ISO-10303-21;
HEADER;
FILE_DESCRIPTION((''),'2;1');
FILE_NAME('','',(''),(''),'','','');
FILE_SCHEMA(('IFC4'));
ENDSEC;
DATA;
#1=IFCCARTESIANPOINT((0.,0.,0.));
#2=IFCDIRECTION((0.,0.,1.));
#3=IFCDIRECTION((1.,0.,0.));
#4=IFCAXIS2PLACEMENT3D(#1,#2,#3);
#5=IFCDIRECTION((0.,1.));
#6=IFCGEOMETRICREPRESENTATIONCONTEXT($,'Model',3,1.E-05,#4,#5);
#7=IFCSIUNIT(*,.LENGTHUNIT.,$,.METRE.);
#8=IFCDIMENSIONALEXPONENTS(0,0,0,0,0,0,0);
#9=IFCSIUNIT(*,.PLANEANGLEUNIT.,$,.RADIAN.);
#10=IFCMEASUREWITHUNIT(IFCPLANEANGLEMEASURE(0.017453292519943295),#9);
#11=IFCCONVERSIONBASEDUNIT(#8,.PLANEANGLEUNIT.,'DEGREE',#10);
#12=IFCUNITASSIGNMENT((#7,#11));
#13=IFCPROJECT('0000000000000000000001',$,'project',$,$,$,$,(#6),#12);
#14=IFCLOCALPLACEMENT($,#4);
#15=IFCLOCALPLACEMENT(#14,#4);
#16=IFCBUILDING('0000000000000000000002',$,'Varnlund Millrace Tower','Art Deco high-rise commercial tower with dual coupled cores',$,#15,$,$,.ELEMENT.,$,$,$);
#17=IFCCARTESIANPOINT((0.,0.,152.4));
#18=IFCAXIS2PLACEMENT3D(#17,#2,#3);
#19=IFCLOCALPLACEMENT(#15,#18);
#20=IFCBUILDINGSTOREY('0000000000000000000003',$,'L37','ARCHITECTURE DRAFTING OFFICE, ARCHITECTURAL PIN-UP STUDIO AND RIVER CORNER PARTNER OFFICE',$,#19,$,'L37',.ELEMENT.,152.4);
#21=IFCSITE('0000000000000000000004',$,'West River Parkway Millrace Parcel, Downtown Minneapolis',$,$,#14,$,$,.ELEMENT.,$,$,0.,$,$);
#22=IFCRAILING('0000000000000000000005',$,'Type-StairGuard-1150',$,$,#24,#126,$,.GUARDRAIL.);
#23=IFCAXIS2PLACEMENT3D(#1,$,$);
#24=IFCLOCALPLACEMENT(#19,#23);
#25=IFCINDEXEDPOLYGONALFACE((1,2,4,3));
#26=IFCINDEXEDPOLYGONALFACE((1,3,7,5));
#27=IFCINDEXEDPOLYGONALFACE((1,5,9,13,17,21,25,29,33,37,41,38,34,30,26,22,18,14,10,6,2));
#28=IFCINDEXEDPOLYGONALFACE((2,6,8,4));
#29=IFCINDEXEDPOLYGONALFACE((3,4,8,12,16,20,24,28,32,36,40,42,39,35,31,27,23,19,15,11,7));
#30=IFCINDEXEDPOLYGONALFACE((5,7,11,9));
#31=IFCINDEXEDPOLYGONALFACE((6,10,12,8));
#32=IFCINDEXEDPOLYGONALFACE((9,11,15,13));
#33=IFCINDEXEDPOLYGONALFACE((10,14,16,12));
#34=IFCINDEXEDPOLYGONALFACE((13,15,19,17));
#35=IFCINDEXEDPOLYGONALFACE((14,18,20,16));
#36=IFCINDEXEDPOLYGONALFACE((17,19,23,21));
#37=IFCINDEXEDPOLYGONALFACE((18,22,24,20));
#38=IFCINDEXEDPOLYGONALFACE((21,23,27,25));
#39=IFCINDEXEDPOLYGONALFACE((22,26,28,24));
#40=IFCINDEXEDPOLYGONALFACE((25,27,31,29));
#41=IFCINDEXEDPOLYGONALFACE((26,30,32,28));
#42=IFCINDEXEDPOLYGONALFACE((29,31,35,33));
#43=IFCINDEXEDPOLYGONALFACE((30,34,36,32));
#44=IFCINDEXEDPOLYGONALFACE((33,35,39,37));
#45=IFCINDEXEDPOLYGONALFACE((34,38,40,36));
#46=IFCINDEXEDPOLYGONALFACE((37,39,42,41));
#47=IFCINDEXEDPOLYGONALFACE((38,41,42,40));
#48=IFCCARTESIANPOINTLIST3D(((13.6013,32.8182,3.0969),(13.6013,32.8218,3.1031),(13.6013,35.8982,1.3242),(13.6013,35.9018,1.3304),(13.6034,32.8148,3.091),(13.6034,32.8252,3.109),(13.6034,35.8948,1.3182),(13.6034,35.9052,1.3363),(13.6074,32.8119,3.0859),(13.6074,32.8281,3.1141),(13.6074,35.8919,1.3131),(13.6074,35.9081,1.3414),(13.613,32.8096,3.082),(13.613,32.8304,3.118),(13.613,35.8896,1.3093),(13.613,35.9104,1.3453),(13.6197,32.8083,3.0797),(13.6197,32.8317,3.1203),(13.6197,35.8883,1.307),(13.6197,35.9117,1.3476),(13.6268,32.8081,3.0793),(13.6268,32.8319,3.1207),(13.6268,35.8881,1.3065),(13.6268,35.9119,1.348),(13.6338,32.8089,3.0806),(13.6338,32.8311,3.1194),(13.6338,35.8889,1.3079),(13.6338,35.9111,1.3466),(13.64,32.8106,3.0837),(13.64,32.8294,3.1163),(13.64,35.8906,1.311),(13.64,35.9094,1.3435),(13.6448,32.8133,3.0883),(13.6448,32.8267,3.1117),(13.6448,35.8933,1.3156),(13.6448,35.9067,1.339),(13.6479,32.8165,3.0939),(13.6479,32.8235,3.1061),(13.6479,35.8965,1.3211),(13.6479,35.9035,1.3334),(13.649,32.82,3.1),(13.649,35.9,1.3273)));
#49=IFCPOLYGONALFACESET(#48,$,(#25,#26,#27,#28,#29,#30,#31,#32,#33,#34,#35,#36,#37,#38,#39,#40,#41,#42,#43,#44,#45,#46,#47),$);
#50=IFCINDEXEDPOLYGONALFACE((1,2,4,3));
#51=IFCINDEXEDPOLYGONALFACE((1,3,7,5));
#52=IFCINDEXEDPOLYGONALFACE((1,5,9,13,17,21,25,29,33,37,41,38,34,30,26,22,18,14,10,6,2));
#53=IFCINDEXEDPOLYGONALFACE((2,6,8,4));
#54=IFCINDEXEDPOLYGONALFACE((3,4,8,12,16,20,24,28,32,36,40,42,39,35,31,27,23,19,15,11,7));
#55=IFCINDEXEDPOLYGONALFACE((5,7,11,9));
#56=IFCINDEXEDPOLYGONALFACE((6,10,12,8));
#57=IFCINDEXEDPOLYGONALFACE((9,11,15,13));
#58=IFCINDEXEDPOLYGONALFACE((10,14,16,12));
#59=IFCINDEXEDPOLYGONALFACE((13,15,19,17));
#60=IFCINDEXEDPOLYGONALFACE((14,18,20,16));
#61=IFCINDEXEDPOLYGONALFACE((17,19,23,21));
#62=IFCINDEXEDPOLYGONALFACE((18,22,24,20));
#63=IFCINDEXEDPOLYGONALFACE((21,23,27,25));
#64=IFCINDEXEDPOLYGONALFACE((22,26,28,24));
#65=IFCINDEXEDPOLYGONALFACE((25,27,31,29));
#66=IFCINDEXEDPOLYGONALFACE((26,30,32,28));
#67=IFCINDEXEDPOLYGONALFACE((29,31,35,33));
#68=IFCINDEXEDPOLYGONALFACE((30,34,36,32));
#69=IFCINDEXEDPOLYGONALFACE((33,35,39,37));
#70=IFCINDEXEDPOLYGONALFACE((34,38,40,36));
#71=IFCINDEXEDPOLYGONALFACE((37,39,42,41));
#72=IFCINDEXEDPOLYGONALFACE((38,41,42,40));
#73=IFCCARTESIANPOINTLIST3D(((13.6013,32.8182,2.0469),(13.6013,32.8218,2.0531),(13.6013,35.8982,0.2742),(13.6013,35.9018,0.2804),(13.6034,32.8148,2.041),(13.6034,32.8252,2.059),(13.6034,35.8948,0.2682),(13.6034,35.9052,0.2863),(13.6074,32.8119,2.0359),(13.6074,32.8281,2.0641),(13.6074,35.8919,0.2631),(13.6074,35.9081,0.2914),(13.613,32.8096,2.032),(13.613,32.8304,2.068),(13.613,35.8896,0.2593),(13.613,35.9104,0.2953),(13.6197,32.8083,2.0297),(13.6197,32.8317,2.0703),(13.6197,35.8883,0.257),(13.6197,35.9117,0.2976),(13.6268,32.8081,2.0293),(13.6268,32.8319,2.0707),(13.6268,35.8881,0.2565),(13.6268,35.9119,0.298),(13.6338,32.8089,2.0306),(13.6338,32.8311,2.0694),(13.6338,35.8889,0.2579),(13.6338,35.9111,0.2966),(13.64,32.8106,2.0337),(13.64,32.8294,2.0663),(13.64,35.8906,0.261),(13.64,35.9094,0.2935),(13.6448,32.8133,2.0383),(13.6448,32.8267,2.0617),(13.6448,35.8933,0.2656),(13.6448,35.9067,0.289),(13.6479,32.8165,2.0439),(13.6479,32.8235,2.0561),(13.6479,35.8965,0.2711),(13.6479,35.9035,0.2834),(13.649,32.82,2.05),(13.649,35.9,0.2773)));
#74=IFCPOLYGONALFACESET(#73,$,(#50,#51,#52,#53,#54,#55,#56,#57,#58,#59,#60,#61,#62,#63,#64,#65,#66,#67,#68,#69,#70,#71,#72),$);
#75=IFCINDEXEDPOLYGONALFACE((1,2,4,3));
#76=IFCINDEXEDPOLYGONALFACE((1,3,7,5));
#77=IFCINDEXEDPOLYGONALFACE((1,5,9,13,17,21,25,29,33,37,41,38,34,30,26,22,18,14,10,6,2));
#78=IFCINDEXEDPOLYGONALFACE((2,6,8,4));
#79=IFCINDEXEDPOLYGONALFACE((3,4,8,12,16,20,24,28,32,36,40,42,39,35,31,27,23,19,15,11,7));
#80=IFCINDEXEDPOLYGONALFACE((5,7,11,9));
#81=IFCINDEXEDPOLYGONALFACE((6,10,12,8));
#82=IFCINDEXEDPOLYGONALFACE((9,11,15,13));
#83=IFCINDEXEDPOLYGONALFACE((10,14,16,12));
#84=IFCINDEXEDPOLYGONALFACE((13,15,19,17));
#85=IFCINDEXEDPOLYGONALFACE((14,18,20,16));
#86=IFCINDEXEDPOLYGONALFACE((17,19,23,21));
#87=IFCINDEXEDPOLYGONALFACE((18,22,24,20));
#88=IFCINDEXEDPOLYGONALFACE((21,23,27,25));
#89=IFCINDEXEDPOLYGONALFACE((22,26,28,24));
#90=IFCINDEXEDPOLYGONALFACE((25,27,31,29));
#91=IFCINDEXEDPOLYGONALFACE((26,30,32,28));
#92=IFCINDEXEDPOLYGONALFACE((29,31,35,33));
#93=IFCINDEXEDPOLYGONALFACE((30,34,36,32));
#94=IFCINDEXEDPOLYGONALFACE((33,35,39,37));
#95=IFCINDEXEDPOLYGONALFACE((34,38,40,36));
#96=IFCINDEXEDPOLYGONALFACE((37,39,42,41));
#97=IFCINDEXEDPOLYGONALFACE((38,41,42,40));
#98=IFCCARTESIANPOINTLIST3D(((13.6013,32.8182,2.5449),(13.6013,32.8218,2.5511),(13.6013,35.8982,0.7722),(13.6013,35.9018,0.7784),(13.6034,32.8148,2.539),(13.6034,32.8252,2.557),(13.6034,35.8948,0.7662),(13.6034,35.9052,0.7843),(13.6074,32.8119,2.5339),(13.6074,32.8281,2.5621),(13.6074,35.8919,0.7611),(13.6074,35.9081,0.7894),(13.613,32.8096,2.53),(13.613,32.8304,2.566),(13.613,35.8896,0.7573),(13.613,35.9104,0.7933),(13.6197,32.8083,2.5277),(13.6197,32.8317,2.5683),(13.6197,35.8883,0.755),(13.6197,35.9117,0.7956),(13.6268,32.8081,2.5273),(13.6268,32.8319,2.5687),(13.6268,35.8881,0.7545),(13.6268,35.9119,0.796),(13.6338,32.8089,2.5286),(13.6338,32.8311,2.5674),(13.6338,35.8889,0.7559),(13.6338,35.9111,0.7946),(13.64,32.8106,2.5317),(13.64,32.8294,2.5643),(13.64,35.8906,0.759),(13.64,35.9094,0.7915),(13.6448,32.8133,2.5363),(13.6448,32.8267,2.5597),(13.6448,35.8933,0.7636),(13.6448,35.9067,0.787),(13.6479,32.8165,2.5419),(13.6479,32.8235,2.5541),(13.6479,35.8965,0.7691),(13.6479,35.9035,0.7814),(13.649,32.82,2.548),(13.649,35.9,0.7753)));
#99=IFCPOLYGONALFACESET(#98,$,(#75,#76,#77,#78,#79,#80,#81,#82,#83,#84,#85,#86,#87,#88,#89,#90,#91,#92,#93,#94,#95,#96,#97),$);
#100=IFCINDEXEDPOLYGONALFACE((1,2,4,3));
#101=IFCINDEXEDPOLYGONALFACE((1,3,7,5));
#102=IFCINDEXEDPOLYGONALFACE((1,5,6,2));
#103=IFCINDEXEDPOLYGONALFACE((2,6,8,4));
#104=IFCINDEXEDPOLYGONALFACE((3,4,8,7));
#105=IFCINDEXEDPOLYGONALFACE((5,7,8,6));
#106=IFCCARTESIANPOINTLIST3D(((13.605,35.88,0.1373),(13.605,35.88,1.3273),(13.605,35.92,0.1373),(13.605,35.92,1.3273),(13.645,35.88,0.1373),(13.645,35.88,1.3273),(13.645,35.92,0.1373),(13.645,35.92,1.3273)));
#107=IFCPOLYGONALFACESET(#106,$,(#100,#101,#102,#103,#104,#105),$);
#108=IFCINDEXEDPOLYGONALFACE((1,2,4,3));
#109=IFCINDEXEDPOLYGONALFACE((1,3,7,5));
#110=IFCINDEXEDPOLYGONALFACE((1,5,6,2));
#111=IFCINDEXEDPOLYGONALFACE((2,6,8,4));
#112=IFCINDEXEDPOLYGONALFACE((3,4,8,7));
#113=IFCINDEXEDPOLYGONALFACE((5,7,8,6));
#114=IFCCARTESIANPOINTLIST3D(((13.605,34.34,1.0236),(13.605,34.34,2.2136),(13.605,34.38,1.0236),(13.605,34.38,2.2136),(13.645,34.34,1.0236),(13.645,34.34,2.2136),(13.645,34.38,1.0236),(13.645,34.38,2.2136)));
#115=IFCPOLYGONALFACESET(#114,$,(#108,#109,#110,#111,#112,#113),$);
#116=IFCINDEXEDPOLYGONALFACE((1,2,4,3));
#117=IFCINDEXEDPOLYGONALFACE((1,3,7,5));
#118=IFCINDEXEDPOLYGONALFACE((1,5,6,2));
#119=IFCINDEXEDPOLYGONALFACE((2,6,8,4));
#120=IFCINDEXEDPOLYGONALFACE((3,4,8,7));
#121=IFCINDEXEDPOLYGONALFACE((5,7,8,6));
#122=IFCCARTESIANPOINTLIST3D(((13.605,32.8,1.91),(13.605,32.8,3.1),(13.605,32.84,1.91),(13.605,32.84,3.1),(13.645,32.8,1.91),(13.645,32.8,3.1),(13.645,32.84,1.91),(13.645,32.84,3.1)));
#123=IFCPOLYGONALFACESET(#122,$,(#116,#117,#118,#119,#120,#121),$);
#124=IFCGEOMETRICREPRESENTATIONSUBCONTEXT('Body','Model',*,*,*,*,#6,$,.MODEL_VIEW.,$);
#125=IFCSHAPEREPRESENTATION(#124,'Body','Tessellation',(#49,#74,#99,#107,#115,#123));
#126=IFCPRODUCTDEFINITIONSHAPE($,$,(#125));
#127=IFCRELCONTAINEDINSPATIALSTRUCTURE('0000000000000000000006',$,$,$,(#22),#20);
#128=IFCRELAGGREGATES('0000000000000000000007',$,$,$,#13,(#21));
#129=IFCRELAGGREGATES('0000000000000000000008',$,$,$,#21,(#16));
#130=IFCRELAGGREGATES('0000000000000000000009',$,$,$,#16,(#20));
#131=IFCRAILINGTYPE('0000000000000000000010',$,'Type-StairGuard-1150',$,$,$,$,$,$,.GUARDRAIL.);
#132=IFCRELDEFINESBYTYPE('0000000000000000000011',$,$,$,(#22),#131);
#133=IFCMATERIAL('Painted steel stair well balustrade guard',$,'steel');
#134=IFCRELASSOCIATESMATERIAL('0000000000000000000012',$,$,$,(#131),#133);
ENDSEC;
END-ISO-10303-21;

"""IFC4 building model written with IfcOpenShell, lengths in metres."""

from ifc_helpers import new_model, entity, si_unit, converted_unit, direction, frame, origin_with_axes, origin_2d_with_axis, place, context, subcontext, project, spatial, rectangle, circle, extrude, material, type_object, element, save


model = new_model("IFC4")

# Units and contexts
model_context = context("Model", 3, precision=1e-05, world=origin_with_axes(), true_north=direction((0.0, 1.0)))
body_context = subcontext(model_context, "Body", "Model", "MODEL_VIEW")
ifc_project = project(units=[si_unit("LENGTHUNIT", "METRE"), converted_unit("PLANEANGLEUNIT", "DEGREE", entity("IfcPlaneAngleMeasure", 0.017453292519943295), si_unit("PLANEANGLEUNIT", "RADIAN"), dimensions=[0, 0, 0, 0, 0, 0, 0])], contexts=[model_context])

# Site, building, storey
site_placement = place(None, origin_with_axes())
site = spatial("IfcSite", under=ifc_project, at=site_placement, Name="West River Parkway Millrace Parcel, Downtown Minneapolis", CompositionType="ELEMENT", RefElevation=0.0)
building_placement = place(site_placement, origin_with_axes())
building = spatial("IfcBuilding", under=site, at=building_placement, Name="Varnlund Millrace Tower", Description="Art Deco high-rise commercial tower with dual coupled cores", CompositionType="ELEMENT")
storey_placement = place(building_placement, frame((0.0, 0.0, 152.4), z_axis=(0.0, 0.0, 1.0), x_axis=(1.0, 0.0, 0.0)))
storey = spatial("IfcBuildingStorey", under=building, at=storey_placement, Name="L37", Description="ARCHITECTURE DRAFTING OFFICE, ARCHITECTURAL PIN-UP STUDIO AND RIVER CORNER PARTNER OFFICE", LongName="L37", CompositionType="ELEMENT", Elevation=152.4)

# Railing
ifc_material_1 = material(Name="Painted steel stair well balustrade guard", Category="steel")
railing_type_1 = type_object("IfcRailingType", Name="Type-StairGuard-1150", PredefinedType="GUARDRAIL", material=ifc_material_1)
railing_1_placement = place(storey_placement, frame((0.0, 0.0, -152.4), z_axis=(0.0, 0.0, 1.0), x_axis=(1.0, 0.0, 0.0)))
element("IfcRailing", 1, at=railing_1_placement, inside=storey, type_object=railing_type_1, Name="Type-StairGuard-1150", PredefinedType="GUARDRAIL", context=body_context, shape_type="SweptSolid", body=[
    extrude(circle(Radius=0.024, at=origin_2d_with_axis()), frame((13.625, 35.9, 153.7273), z_axis=(0.0, -0.866696, 0.498836), x_axis=(1.0, 0.0, 0.0)), (0.0, 0.0, 1.0), 3.5537),
    extrude(circle(Radius=0.024, at=origin_2d_with_axis()), frame((13.625, 35.9, 152.6773), z_axis=(0.0, -0.866696, 0.498836), x_axis=(1.0, 0.0, 0.0)), (0.0, 0.0, 1.0), 3.5537),
    extrude(circle(Radius=0.024, at=origin_2d_with_axis()), frame((13.625, 35.9, 153.1753), z_axis=(0.0, -0.866696, 0.498836), x_axis=(1.0, 0.0, 0.0)), (0.0, 0.0, 1.0), 3.5537),
    extrude(rectangle(XDim=0.04, YDim=0.04, at=origin_2d_with_axis()), frame((13.625, 35.9, 152.5373), z_axis=(0.0, 0.0, 1.0), x_axis=(1.0, 0.0, 0.0)), (0.0, 0.0, 1.0), 1.19),
    extrude(rectangle(XDim=0.04, YDim=0.04, at=origin_2d_with_axis()), frame((13.625, 34.36, 153.4236), z_axis=(0.0, 0.0, 1.0), x_axis=(1.0, 0.0, 0.0)), (0.0, 0.0, 1.0), 1.19),
    extrude(rectangle(XDim=0.04, YDim=0.04, at=origin_2d_with_axis()), frame((13.625, 32.82, 154.31), z_axis=(0.0, 0.0, 1.0), x_axis=(1.0, 0.0, 0.0)), (0.0, 0.0, 1.0), 1.19),
])

save(model, "model.ifc")
